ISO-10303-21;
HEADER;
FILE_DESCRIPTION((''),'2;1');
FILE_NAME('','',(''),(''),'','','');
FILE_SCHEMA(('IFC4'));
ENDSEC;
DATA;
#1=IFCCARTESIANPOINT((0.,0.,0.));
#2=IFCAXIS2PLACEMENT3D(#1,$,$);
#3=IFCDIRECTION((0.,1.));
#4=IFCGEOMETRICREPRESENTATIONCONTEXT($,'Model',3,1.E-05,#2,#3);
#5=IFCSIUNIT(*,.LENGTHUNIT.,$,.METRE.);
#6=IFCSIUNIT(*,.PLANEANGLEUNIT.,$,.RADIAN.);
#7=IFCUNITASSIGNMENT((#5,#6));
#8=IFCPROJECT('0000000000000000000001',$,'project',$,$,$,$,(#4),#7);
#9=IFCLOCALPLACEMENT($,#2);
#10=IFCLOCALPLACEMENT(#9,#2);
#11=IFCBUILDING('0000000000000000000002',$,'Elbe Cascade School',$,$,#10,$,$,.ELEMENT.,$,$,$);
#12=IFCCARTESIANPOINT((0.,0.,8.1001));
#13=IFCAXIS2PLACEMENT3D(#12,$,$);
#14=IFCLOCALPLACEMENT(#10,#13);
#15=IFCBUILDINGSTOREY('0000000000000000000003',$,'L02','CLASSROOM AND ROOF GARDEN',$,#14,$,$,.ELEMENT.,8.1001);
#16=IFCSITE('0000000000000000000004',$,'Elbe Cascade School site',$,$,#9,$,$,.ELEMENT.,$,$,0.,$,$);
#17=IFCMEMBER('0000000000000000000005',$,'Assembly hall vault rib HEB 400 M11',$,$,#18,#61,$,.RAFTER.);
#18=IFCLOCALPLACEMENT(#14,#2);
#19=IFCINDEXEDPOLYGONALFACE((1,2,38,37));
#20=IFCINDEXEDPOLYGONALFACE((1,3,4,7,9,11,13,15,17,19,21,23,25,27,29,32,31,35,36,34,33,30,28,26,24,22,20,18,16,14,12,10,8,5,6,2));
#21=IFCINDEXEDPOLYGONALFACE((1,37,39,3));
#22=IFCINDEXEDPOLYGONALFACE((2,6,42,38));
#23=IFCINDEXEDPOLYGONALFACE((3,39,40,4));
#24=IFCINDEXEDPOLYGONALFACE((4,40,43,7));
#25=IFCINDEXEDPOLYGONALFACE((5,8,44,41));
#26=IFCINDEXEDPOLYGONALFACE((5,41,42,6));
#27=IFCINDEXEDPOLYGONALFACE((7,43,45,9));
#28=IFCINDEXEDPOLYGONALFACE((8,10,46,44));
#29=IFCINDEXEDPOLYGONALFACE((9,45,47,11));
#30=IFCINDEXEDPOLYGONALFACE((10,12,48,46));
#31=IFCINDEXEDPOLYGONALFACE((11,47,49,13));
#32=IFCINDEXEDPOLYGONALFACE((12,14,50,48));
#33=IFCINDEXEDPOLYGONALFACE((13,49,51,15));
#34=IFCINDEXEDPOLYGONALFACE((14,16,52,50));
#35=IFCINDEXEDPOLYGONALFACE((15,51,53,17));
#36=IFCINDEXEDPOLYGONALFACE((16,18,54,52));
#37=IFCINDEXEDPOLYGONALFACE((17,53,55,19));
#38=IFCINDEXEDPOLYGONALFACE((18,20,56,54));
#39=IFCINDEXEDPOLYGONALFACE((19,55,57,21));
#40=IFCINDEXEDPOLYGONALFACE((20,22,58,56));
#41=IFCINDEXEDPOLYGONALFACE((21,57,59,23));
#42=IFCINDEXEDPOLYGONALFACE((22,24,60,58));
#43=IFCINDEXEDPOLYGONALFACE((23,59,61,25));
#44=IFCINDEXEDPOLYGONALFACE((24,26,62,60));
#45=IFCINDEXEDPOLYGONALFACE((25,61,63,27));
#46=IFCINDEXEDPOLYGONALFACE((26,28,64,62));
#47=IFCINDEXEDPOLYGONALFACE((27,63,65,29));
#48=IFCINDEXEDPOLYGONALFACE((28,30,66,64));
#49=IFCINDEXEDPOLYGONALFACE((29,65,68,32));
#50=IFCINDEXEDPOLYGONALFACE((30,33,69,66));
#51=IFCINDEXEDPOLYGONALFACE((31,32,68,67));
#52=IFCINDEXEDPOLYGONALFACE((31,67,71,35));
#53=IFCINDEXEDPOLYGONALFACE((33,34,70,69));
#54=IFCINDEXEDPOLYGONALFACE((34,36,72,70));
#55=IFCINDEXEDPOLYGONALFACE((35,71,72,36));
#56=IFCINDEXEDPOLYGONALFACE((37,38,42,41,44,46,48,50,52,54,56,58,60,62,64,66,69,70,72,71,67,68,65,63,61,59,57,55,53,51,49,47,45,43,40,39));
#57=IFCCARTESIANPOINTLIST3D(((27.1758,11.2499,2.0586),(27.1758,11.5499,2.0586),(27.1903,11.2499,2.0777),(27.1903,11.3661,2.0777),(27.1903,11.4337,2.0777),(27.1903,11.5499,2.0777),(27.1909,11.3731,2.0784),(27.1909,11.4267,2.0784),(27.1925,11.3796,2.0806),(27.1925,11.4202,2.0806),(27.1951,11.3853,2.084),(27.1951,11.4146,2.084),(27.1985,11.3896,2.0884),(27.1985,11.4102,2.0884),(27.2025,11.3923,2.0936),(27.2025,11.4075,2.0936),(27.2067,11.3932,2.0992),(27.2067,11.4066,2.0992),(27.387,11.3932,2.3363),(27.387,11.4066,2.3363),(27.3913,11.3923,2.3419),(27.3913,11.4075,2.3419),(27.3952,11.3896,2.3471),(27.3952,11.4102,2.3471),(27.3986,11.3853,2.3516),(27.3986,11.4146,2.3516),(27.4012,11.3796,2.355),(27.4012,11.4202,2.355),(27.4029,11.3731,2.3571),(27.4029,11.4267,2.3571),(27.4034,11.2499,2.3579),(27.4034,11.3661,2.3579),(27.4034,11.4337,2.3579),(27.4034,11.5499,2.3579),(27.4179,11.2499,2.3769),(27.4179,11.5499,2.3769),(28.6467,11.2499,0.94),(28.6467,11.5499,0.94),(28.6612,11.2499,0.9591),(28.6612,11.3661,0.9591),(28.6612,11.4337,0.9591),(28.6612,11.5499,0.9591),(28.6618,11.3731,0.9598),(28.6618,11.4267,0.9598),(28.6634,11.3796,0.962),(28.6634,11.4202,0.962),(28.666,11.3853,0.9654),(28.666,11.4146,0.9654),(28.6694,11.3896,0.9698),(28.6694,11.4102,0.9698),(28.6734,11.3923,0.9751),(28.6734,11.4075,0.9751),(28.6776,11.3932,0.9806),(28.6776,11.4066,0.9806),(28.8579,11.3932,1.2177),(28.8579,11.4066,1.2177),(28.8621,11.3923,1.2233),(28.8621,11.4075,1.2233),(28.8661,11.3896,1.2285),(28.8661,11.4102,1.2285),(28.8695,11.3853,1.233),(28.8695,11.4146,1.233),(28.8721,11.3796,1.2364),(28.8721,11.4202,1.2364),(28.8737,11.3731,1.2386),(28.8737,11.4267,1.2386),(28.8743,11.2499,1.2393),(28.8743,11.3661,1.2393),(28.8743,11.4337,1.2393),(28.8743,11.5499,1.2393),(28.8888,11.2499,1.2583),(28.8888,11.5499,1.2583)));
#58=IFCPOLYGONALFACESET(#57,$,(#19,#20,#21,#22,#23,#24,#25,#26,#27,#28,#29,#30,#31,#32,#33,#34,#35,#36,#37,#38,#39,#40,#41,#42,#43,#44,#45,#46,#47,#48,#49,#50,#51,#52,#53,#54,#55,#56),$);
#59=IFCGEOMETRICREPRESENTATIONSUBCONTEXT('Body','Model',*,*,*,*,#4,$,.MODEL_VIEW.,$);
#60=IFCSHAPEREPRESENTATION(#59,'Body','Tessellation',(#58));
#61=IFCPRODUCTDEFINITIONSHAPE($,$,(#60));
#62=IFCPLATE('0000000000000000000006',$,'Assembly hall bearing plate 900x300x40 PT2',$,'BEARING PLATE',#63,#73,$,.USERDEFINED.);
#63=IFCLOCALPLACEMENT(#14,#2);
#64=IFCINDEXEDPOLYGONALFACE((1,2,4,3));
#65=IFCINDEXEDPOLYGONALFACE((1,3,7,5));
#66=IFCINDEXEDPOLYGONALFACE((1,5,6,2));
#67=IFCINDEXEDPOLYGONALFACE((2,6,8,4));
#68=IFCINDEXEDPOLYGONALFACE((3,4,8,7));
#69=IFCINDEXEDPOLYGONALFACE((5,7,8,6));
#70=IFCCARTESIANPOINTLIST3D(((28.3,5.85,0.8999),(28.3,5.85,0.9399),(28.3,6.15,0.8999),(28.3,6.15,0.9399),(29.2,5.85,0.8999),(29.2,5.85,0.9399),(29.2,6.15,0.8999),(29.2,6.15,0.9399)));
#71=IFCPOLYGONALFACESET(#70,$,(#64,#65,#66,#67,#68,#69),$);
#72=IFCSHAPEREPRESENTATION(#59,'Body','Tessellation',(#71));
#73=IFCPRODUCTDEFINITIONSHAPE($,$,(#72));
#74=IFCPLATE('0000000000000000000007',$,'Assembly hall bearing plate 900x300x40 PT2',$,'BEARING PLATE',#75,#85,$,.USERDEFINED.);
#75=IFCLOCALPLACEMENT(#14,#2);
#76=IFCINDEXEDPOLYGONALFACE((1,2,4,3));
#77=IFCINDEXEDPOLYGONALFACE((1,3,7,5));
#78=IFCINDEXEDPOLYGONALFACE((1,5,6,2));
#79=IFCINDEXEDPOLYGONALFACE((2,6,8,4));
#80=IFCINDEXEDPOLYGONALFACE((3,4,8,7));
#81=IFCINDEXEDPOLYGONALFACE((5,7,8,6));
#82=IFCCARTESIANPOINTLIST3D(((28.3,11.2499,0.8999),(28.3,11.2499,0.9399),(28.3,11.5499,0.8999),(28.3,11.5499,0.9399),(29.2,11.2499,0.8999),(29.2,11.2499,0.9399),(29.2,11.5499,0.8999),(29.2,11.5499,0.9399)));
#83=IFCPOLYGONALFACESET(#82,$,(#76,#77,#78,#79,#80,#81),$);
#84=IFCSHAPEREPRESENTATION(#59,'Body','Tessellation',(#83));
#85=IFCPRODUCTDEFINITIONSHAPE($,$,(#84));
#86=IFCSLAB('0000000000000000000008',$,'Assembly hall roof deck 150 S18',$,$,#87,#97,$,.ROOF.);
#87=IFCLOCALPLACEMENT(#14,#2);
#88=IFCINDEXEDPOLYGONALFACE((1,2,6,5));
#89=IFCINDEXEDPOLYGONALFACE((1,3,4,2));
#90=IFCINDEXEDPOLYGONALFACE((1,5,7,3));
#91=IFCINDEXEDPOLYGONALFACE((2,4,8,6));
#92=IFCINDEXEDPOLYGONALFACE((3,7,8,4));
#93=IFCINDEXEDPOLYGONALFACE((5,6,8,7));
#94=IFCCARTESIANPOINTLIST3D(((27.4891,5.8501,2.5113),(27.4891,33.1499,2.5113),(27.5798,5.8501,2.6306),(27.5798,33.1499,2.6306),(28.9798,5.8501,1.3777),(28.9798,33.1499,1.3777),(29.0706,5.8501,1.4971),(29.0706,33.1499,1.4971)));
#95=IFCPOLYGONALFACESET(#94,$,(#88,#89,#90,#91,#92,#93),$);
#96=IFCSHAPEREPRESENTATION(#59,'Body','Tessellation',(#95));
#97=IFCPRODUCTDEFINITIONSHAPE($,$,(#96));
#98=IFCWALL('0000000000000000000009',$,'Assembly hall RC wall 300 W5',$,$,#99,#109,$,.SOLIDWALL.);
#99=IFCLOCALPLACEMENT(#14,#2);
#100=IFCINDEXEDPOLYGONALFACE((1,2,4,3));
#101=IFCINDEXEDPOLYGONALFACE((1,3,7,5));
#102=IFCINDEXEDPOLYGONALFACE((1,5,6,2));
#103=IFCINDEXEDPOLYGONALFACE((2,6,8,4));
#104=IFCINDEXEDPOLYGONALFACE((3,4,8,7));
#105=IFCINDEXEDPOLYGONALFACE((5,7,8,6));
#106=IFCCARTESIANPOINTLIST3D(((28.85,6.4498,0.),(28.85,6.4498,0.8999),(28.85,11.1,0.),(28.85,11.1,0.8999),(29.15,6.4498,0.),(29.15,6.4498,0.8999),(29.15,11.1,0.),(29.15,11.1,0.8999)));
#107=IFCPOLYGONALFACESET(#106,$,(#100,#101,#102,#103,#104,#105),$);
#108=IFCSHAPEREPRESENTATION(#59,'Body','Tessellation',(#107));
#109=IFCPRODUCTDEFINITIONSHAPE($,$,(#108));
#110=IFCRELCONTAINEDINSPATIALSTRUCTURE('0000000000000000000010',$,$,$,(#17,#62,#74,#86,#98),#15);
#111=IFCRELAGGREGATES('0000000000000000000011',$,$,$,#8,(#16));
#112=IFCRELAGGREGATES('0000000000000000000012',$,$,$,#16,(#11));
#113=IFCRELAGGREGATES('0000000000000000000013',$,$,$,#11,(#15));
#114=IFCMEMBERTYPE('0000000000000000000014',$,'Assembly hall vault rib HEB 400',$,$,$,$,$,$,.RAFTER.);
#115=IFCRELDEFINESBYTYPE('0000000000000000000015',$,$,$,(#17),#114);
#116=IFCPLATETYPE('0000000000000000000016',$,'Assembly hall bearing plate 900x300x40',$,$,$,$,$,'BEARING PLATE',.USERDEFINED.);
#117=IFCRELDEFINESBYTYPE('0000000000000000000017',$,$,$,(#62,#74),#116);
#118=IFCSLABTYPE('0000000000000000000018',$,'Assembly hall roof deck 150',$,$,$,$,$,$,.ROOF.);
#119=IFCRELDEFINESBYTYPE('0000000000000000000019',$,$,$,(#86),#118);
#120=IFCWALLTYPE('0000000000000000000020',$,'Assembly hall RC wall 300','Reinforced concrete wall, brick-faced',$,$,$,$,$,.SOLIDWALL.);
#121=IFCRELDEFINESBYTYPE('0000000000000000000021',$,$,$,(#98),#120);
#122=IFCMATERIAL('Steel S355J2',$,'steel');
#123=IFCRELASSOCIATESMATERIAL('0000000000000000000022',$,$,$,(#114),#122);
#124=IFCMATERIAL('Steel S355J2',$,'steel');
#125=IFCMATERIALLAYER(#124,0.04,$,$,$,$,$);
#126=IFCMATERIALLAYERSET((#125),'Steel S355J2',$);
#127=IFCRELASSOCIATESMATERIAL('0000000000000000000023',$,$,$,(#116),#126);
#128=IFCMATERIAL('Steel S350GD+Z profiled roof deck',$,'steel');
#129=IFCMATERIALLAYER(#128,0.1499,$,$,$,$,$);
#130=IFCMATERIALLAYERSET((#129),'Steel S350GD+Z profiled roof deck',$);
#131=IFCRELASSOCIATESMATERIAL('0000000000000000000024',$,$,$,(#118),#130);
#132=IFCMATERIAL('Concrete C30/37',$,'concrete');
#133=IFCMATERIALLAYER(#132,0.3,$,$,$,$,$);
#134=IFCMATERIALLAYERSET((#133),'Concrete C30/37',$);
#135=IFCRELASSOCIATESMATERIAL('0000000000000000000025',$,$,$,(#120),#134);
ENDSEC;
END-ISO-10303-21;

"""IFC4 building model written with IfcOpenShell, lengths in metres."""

from ifc_helpers import new_model, si_unit, direction, frame, frame_2d, origin, origin_2d, place, context, subcontext, project, spatial, polyline, rectangle, i_section, outline, extrude, material, layer, layer_set, material_profile, profile_set, type_object, element, save


model = new_model("IFC4")

# Units and contexts
model_context = context("Model", 3, precision=1e-05, world=origin(), true_north=direction((0.0, 1.0)))
body_context = subcontext(model_context, "Body", "Model", "MODEL_VIEW")
ifc_project = project(units=[si_unit("LENGTHUNIT", "METRE"), si_unit("PLANEANGLEUNIT", "RADIAN")], contexts=[model_context])

# Site, building, storey
site_placement = place(None, origin())
site = spatial("IfcSite", under=ifc_project, at=site_placement, Name="Elbe Cascade School site", CompositionType="ELEMENT", RefElevation=0.0)
building_placement = place(site_placement, origin())
building = spatial("IfcBuilding", under=site, at=building_placement, Name="Elbe Cascade School", CompositionType="ELEMENT")
storey_placement = place(building_placement, frame((0.0, 0.0, 8.1001)))
storey = spatial("IfcBuildingStorey", under=building, at=storey_placement, Name="L02", Description="CLASSROOM AND ROOF GARDEN", CompositionType="ELEMENT", Elevation=8.1001)

# Member
ifc_material_1 = material(Name="Steel S355J2", Category="steel")
ifc_material_profile_1 = material_profile(ifc_material_1, i_section(OverallWidth=0.3, OverallDepth=0.3999, WebThickness=0.0134, FlangeThickness=0.0239, FilletRadius=0.0271, at=origin_2d()), Name="HEB 400")
ifc_profile_set_1 = profile_set([ifc_material_profile_1], Name="Steel S355J2")
member_type_1 = type_object("IfcMemberType", Name="Assembly hall vault rib HEB 400", PredefinedType="RAFTER", material=ifc_profile_set_1)
for number, where, z_axis, x_axis, name in (
    (1, (27.2969, 11.3999, 2.2178), (0.795971, 0.0, -0.605334), (0.0, 1.0, 0.0), "Assembly hall vault rib HEB 400 M11"),
):
    element("IfcMember", number, at=place(storey_placement, frame(where, z_axis=z_axis, x_axis=x_axis)), inside=storey, type_object=member_type_1, Name=name, PredefinedType="RAFTER", context=body_context, shape_type="SweptSolid", body=[
        extrude(i_section(OverallWidth=0.3, OverallDepth=0.3999, WebThickness=0.0134, FlangeThickness=0.0239, FilletRadius=0.0271, at=origin_2d()), origin(), (0.0, 0.0, 1.0), 1.8479),
    ])

# Plates
ifc_material_2 = material(Name="Steel S355J2", Category="steel")
ifc_layer_1 = layer(ifc_material_2, 0.04)
ifc_layer_set_1 = layer_set([ifc_layer_1], Name="Steel S355J2")
plate_type = type_object("IfcPlateType", Name="Assembly hall bearing plate 900x300x40", ElementType="BEARING PLATE", PredefinedType="USERDEFINED", material=ifc_layer_set_1)
for number, where, z_axis, x_axis, name in (
    (2, (28.75, 6.0, 0.8999), (0.0, 0.0, 1.0), (1.0, 0.0, 0.0), "Assembly hall bearing plate 900x300x40 PT2"),
    (3, (28.75, 11.3999, 0.8999), (0.0, 0.0, 1.0), (1.0, 0.0, 0.0), "Assembly hall bearing plate 900x300x40 PT2"),
):
    element("IfcPlate", number, at=place(storey_placement, frame(where, z_axis=z_axis, x_axis=x_axis)), inside=storey, type_object=plate_type, Name=name, ObjectType="BEARING PLATE", PredefinedType="USERDEFINED", context=body_context, shape_type="SweptSolid", body=[
        extrude(rectangle(XDim=0.8999, YDim=0.3, at=origin_2d()), origin(), (0.0, 0.0, 1.0), 0.04),
    ])

# Slab
ifc_material_3 = material(Name="Steel S350GD+Z profiled roof deck", Category="steel")
ifc_layer_2 = layer(ifc_material_3, 0.1499)
ifc_layer_set_2 = layer_set([ifc_layer_2], Name="Steel S350GD+Z profiled roof deck")
slab_type = type_object("IfcSlabType", Name="Assembly hall roof deck 150", PredefinedType="ROOF", material=ifc_layer_set_2)
slab_placement = place(storey_placement, frame((27.5798, 5.8501, 2.6306), z_axis=(0.605285, 0.0, 0.796009), x_axis=(0.796009, 0.0, -0.605285)))
element("IfcSlab", 4, at=slab_placement, inside=storey, type_object=slab_type, Name="Assembly hall roof deck 150 S18", PredefinedType="ROOF", context=body_context, shape_type="SweptSolid", body=[
    extrude(outline(polyline([(0.0, 0.0), (1.8727, 0.0), (1.8727, 27.2998), (0.0, 27.2998), (0.0, 0.0)])), origin(), (0.0, 0.0, -1.0), 0.1499),
])

# Wall
ifc_material_4 = material(Name="Concrete C30/37", Category="concrete")
ifc_layer_3 = layer(ifc_material_4, 0.3)
ifc_layer_set_3 = layer_set([ifc_layer_3], Name="Concrete C30/37")
wall_type_1 = type_object("IfcWallType", Name="Assembly hall RC wall 300", Description="Reinforced concrete wall, brick-faced", PredefinedType="SOLIDWALL", material=ifc_layer_set_3)
wall_1_placement = place(storey_placement, frame((29.0, 11.1001, 0.0), z_axis=(0.0, 0.0, 1.0), x_axis=(0.0, -1.0, 0.0)))
element("IfcWall", 5, at=wall_1_placement, inside=storey, type_object=wall_type_1, Name="Assembly hall RC wall 300 W5", PredefinedType="SOLIDWALL", context=body_context, shape_type="SweptSolid", body=[
    extrude(rectangle(XDim=4.6501, YDim=0.3, at=frame_2d((2.3252, 0.0))), origin(), (0.0, 0.0, 1.0), 0.8999),
])

save(model, "model.ifc")
